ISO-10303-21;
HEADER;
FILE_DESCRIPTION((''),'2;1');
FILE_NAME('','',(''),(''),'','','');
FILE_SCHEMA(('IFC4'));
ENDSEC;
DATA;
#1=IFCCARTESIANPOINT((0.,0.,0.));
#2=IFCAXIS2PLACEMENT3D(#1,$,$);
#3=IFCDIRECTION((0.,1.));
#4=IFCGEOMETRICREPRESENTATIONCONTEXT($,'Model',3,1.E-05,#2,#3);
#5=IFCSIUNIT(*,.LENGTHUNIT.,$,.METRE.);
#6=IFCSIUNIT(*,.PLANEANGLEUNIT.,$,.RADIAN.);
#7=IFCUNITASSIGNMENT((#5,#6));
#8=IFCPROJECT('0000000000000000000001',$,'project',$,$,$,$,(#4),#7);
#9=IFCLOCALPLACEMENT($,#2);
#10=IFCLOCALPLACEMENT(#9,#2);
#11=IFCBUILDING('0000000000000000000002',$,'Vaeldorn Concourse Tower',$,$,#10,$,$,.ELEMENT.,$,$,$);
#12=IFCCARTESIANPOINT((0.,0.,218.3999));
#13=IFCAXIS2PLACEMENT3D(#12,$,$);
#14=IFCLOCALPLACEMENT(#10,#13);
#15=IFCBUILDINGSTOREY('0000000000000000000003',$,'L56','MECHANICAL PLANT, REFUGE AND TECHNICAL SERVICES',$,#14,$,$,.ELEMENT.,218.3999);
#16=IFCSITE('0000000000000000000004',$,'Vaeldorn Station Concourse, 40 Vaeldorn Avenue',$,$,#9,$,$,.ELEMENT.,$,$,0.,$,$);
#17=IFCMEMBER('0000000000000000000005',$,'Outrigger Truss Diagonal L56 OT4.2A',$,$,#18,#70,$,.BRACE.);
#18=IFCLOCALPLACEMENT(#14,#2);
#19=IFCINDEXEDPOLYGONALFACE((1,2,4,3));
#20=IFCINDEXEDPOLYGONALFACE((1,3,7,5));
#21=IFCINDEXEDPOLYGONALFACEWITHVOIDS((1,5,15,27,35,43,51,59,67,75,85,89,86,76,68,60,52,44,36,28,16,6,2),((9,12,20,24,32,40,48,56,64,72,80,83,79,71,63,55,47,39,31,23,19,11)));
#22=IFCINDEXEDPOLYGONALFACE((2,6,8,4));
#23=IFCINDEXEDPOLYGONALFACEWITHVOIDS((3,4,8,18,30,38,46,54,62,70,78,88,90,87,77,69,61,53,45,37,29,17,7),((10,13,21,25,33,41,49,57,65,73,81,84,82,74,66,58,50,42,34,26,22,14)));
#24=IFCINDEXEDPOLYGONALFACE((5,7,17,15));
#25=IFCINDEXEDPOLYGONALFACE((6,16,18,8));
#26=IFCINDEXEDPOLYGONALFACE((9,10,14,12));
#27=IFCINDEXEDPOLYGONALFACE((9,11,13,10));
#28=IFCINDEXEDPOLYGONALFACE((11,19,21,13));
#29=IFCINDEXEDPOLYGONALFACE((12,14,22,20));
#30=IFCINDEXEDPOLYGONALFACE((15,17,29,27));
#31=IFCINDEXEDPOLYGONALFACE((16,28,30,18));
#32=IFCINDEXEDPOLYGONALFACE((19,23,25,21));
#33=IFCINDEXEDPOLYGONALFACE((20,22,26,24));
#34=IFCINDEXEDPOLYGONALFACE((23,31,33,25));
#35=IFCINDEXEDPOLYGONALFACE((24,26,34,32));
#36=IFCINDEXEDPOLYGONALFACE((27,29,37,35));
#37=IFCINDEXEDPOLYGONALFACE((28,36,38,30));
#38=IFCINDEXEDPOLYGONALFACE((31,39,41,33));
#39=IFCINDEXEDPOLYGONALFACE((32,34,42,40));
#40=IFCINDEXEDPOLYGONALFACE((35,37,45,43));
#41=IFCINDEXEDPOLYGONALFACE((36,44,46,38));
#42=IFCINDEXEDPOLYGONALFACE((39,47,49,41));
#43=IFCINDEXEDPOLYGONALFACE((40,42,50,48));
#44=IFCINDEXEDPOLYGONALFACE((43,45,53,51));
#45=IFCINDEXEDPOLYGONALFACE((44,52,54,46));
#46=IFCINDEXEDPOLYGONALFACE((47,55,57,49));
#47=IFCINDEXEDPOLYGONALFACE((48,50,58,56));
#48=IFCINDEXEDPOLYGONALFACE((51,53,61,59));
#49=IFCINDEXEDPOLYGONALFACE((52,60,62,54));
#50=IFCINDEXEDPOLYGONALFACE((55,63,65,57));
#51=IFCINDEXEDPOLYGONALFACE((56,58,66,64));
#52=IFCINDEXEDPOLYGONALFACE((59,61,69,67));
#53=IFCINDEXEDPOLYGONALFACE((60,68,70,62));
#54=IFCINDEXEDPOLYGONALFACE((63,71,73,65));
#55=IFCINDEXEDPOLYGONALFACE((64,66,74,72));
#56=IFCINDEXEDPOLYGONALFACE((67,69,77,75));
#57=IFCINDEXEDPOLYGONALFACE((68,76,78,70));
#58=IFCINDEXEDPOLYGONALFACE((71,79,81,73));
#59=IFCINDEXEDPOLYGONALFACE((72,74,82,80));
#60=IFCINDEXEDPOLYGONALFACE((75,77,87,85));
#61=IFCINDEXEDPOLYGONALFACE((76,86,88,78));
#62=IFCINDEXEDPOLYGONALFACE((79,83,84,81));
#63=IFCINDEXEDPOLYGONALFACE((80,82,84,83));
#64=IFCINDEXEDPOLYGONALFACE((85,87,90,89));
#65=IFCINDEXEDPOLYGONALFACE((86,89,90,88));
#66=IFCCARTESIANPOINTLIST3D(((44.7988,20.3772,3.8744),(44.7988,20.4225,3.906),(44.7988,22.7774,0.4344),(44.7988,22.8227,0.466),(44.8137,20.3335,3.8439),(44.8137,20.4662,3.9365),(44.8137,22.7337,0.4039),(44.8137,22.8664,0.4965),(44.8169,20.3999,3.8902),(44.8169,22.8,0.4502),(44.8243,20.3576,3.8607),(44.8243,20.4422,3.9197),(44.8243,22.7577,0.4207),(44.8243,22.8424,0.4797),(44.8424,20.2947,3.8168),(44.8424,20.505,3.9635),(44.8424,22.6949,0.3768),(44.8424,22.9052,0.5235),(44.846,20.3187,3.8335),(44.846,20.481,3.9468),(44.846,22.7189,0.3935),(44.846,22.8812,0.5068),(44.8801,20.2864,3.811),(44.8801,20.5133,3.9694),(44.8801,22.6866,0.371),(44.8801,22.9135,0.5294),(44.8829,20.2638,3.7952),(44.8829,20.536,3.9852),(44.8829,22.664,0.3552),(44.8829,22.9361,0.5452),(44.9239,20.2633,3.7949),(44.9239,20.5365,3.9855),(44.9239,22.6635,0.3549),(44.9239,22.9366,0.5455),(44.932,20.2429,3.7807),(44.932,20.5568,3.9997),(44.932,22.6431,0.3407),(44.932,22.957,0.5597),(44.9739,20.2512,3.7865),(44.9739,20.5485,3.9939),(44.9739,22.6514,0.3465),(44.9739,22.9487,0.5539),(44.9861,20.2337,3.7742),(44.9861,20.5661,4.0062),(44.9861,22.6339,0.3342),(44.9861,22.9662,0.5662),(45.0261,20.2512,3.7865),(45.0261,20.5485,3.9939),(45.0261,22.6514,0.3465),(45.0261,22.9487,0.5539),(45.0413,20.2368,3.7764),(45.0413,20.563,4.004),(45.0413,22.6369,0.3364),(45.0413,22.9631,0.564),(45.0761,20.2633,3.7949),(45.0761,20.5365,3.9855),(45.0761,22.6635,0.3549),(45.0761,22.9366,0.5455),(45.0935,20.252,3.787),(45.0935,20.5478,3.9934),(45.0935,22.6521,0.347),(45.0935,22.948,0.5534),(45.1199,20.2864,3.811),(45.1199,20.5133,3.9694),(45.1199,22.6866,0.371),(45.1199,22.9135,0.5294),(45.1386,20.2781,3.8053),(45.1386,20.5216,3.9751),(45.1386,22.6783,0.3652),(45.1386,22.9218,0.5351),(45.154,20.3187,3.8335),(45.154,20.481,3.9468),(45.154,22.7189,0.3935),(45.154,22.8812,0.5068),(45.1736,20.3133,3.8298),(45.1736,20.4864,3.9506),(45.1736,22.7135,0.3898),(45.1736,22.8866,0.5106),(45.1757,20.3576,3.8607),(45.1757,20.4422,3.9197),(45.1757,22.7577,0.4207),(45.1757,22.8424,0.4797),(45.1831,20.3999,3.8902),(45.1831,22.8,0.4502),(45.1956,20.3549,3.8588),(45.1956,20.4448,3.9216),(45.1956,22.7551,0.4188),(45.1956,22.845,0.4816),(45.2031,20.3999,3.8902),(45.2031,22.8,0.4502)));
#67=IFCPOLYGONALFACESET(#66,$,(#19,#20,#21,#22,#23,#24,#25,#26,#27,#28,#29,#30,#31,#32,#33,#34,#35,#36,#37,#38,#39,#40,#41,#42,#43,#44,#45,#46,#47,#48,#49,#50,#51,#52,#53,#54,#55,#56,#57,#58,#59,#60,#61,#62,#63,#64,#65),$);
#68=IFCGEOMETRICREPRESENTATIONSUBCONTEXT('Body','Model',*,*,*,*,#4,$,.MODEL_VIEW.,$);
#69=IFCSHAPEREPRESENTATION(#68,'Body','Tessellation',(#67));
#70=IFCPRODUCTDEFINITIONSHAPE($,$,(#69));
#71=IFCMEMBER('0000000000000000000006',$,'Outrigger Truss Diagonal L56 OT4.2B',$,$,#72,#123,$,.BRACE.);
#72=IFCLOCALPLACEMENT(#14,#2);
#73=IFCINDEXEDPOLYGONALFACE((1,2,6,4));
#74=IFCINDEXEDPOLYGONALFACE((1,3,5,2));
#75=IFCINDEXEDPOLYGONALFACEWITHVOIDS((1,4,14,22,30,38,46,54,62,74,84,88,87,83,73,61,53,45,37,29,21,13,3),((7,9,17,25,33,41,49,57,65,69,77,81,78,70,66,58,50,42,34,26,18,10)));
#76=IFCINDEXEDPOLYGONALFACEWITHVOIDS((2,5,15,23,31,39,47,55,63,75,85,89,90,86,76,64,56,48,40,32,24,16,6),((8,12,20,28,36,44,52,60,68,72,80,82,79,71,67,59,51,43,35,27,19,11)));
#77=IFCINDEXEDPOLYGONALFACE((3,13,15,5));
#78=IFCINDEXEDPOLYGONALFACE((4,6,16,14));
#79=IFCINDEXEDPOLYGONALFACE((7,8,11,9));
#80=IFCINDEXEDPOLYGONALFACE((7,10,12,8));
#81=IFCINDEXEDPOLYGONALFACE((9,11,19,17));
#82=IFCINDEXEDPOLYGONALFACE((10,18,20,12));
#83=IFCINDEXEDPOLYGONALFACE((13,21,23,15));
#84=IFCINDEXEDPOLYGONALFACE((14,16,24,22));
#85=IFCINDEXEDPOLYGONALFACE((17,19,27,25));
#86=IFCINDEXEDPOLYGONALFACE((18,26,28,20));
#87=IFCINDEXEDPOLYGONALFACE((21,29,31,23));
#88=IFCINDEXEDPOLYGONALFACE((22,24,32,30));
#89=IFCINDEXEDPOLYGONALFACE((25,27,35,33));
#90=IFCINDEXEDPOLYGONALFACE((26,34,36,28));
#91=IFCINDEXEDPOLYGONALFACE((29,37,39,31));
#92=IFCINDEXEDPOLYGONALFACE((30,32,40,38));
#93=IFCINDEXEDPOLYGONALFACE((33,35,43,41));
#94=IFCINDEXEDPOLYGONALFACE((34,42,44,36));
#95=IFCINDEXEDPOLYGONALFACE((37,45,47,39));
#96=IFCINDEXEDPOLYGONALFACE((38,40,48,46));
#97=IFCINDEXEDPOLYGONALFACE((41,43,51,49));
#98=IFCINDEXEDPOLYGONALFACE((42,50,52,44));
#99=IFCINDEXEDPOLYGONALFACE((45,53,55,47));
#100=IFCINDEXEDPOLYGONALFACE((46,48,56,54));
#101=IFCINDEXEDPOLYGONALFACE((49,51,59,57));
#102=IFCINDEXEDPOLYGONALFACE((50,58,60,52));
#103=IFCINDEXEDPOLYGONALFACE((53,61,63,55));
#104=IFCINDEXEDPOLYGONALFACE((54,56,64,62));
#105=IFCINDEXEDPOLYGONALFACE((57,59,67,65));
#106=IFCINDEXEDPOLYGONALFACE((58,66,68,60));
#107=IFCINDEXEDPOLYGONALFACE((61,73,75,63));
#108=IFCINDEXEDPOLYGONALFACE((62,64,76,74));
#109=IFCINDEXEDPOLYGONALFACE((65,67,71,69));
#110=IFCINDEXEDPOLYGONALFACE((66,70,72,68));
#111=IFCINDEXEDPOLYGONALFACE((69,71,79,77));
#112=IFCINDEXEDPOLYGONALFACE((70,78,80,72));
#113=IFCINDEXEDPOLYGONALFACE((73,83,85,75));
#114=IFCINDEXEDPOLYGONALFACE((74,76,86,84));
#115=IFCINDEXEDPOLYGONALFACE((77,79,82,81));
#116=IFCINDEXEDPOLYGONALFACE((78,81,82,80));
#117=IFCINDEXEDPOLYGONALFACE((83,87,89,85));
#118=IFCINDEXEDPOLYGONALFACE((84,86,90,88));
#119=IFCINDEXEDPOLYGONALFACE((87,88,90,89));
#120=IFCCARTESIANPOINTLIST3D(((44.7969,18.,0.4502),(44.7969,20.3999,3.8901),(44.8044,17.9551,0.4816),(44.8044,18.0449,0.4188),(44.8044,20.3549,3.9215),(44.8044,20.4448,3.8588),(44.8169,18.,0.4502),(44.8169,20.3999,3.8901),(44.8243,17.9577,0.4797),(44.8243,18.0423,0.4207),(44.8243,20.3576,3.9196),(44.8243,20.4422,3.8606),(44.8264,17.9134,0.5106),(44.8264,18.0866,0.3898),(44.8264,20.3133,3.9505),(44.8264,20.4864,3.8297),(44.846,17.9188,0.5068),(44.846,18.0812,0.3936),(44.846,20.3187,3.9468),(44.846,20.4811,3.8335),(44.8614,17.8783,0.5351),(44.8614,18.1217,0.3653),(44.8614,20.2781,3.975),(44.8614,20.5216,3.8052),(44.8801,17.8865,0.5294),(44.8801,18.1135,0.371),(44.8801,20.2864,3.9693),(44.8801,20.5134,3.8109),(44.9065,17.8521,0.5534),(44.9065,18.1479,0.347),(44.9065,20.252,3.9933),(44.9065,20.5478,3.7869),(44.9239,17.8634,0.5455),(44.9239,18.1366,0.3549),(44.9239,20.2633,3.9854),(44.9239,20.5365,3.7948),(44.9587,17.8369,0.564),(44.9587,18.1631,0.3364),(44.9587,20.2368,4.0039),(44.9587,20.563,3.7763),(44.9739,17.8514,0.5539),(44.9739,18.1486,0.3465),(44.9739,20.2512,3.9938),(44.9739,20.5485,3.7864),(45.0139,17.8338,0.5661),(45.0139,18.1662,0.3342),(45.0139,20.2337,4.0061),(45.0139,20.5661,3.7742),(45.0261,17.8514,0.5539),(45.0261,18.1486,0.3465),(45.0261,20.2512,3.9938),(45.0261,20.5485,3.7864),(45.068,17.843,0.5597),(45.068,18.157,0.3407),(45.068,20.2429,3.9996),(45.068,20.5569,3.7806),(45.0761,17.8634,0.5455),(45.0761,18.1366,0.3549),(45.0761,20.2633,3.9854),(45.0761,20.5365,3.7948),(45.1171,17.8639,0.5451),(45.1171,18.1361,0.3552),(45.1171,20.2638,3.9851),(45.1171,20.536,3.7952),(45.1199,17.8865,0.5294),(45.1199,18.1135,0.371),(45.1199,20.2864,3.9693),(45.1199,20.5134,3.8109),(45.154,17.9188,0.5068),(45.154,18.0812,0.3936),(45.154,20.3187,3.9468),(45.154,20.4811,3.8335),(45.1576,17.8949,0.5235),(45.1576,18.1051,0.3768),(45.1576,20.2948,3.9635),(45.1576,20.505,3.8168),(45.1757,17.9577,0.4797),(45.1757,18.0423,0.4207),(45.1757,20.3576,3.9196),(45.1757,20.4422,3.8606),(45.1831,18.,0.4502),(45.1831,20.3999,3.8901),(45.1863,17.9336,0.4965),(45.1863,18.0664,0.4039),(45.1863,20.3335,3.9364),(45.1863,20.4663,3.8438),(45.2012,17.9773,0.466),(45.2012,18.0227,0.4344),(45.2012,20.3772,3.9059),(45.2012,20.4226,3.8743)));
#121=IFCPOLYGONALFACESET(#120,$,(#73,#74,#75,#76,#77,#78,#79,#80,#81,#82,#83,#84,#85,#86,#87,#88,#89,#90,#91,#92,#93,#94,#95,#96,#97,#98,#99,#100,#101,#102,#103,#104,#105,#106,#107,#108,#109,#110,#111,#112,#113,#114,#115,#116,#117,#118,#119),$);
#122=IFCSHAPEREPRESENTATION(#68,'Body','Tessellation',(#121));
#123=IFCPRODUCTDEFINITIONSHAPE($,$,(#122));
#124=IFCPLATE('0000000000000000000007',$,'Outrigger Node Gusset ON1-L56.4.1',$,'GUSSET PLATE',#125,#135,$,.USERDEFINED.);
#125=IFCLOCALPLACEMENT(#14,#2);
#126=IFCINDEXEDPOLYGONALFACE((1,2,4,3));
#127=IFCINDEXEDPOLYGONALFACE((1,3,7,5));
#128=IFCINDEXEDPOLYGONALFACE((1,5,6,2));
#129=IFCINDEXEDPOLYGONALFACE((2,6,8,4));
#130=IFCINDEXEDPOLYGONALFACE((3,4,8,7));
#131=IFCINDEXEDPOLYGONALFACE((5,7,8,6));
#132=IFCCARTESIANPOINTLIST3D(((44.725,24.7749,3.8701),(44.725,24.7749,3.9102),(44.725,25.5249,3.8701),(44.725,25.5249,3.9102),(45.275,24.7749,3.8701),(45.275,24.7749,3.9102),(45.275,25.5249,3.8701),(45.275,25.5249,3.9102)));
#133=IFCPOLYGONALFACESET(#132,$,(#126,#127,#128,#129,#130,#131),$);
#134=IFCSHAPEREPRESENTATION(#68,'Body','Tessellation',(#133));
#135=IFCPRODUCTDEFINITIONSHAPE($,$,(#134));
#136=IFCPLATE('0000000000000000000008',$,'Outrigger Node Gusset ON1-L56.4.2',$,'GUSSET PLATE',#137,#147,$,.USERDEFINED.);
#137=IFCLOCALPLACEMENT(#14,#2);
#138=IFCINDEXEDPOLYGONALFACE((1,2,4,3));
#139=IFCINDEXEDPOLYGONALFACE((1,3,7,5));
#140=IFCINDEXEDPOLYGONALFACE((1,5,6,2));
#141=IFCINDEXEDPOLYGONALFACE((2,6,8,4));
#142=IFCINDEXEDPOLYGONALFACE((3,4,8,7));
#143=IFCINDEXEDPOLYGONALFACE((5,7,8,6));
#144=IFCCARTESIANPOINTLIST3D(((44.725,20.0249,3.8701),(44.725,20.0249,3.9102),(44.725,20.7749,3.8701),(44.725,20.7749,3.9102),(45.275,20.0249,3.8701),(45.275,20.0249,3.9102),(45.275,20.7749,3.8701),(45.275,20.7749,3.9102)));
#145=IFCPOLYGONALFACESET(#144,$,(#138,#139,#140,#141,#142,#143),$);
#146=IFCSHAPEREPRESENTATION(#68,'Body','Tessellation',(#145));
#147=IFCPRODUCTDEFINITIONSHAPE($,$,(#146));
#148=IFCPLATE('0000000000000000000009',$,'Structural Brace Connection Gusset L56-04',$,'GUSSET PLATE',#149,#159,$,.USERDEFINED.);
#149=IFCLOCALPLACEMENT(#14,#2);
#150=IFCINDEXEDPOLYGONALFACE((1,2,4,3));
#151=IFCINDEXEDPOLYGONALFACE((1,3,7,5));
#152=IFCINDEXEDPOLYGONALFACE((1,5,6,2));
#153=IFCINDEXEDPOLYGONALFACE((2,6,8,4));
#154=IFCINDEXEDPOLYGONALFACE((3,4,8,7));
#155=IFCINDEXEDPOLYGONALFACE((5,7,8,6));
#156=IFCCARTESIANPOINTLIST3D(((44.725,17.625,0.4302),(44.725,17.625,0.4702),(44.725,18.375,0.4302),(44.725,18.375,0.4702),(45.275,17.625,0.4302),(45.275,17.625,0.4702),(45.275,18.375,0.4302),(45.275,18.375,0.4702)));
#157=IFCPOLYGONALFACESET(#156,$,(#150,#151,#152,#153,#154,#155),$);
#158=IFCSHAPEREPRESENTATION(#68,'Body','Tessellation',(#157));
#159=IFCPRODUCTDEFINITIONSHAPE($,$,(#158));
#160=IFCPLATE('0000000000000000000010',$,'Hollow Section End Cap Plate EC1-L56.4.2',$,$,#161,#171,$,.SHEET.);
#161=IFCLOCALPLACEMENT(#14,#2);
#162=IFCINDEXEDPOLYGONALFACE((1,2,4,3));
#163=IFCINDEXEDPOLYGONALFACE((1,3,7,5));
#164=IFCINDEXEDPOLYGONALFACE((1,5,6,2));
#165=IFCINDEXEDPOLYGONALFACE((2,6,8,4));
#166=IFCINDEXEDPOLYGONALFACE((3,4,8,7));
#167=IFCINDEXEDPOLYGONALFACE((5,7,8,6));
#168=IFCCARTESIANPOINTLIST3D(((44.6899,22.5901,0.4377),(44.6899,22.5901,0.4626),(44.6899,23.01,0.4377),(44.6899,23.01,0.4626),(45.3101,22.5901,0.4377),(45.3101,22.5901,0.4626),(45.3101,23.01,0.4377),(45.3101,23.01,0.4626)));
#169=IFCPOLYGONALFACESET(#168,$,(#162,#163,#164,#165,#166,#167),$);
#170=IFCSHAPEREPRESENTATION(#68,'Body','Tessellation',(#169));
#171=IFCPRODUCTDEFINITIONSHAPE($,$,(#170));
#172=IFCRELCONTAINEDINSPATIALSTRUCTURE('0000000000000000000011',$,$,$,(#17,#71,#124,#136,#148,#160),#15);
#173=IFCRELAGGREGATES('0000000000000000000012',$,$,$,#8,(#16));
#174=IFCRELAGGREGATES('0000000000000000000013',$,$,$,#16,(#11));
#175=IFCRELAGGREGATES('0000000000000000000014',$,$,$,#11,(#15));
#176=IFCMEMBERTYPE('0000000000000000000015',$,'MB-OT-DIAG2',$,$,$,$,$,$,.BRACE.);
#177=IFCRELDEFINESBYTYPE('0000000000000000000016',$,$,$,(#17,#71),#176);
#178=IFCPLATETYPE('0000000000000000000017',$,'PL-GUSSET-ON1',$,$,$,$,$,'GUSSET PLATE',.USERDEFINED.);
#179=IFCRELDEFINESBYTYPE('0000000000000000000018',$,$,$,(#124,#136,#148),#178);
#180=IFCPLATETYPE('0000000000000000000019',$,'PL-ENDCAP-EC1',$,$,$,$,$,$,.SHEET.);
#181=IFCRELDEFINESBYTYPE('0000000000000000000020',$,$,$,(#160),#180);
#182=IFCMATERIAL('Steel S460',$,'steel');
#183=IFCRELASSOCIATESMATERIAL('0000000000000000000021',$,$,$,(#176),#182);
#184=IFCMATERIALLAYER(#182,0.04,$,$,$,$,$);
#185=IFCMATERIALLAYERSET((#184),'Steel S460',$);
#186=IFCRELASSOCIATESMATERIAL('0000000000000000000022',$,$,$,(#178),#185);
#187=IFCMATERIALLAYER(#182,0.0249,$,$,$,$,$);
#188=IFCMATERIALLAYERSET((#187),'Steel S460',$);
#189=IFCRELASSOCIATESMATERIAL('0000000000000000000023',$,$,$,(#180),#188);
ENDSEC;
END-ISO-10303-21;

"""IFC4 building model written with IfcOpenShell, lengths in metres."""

from ifc_helpers import new_model, si_unit, direction, frame, origin, origin_2d, place, context, subcontext, project, spatial, rectangle, hollow_circle, extrude, source, transform, mapped, material, layer, layer_set, material_profile, profile_set, type_object, element, save


model = new_model("IFC4")

# Units and contexts
model_context = context("Model", 3, precision=1e-05, world=origin(), true_north=direction((0.0, 1.0)))
body_context = subcontext(model_context, "Body", "Model", "MODEL_VIEW")
ifc_project = project(units=[si_unit("LENGTHUNIT", "METRE"), si_unit("PLANEANGLEUNIT", "RADIAN")], contexts=[model_context])

# Site, building, storey
site_placement = place(None, origin())
site = spatial("IfcSite", under=ifc_project, at=site_placement, Name="Vaeldorn Station Concourse, 40 Vaeldorn Avenue", CompositionType="ELEMENT", RefElevation=0.0)
building_placement = place(site_placement, origin())
building = spatial("IfcBuilding", under=site, at=building_placement, Name="Vaeldorn Concourse Tower", CompositionType="ELEMENT")
storey_placement = place(building_placement, frame((0.0, 0.0, 218.3999)))
storey = spatial("IfcBuildingStorey", under=building, at=storey_placement, Name="L56", Description="MECHANICAL PLANT, REFUGE AND TECHNICAL SERVICES", CompositionType="ELEMENT", Elevation=218.3999)

# Members
ifc_material_1 = material(Name="Steel S460", Category="steel")
ifc_material_profile_1 = material_profile(ifc_material_1, hollow_circle(Radius=0.2031, WallThickness=0.02, at=origin_2d()), Name="CHS 406.4x20")
ifc_profile_set_1 = profile_set([ifc_material_profile_1], Name="Steel S460")
member_type_1 = type_object("IfcMemberType", Name="MB-OT-DIAG2", PredefinedType="BRACE", material=ifc_profile_set_1)
shared_shape_1 = source(origin(), body_context, "Body", "SweptSolid", [
    extrude(hollow_circle(Radius=0.2031, WallThickness=0.02, at=origin_2d()), origin(), (0.0, 0.0, 1.0), 4.1946),
])
member_1_placement = place(storey_placement, frame((45.0, 22.8, 0.4502), z_axis=(0.0, -0.572212, 0.820106), x_axis=(1.0, 0.0, 0.0)))
element("IfcMember", 1, at=member_1_placement, inside=storey, type_object=member_type_1, Name="Outrigger Truss Diagonal L56 OT4.2A", PredefinedType="BRACE", context=body_context, shape_type="MappedRepresentation", body=[
    mapped(shared_shape_1, transform((0.0, 0.0, 0.0), scale=1.0)),
])
shared_shape_2 = source(origin(), body_context, "Body", "SweptSolid", [
    extrude(hollow_circle(Radius=0.2031, WallThickness=0.02, at=origin_2d()), origin(), (0.0, 0.0, 1.0), 4.1943),
])
member_2_placement = place(storey_placement, frame((45.0, 18.0, 0.4502), z_axis=(0.0, 0.572172, 0.820133), x_axis=(-1.0, 0.0, 0.0)))
element("IfcMember", 2, at=member_2_placement, inside=storey, type_object=member_type_1, Name="Outrigger Truss Diagonal L56 OT4.2B", PredefinedType="BRACE", context=body_context, shape_type="MappedRepresentation", body=[
    mapped(shared_shape_2, transform((0.0, 0.0, 0.0), scale=1.0)),
])

# Plates
ifc_layer_1 = layer(ifc_material_1, 0.04)
ifc_layer_set_1 = layer_set([ifc_layer_1], Name="Steel S460")
plate_type_1 = type_object("IfcPlateType", Name="PL-GUSSET-ON1", ElementType="GUSSET PLATE", PredefinedType="USERDEFINED", material=ifc_layer_set_1)
shared_shape_3 = source(origin(), body_context, "Body", "SweptSolid", [
    extrude(rectangle(XDim=0.75, YDim=0.55, at=origin_2d()), origin(), (0.0, 0.0, 1.0), 0.04),
])
for number, where, z_axis, x_axis, name in (
    (3, (45.0, 25.1499, 3.8701), (0.0, 0.0, 1.0), (0.0, 1.0, 0.0), "Outrigger Node Gusset ON1-L56.4.1"),
    (4, (45.0, 20.3999, 3.8701), (0.0, 0.0, 1.0), (0.0, 1.0, 0.0), "Outrigger Node Gusset ON1-L56.4.2"),
    (5, (45.0, 18.0, 0.4302), (0.0, 0.0, 1.0), (0.0, 1.0, 0.0), "Structural Brace Connection Gusset L56-04"),
):
    element("IfcPlate", number, at=place(storey_placement, frame(where, z_axis=z_axis, x_axis=x_axis)), inside=storey, type_object=plate_type_1, Name=name, ObjectType="GUSSET PLATE", PredefinedType="USERDEFINED", context=body_context, shape_type="MappedRepresentation", body=[
        mapped(shared_shape_3, transform((0.0, 0.0, 0.0), scale=1.0)),
    ])
ifc_layer_2 = layer(ifc_material_1, 0.0249)
ifc_layer_set_2 = layer_set([ifc_layer_2], Name="Steel S460")
plate_type_2 = type_object("IfcPlateType", Name="PL-ENDCAP-EC1", PredefinedType="SHEET", material=ifc_layer_set_2)
shared_shape_4 = source(origin(), body_context, "Body", "SweptSolid", [
    extrude(rectangle(XDim=0.6201, YDim=0.4199, at=origin_2d()), origin(), (0.0, 0.0, 1.0), 0.0249),
])
plate_placement = place(storey_placement, frame((45.0, 22.8, 0.4377), z_axis=(0.0, 0.0, 1.0), x_axis=(1.0, 0.0, 0.0)))
element("IfcPlate", 6, at=plate_placement, inside=storey, type_object=plate_type_2, Name="Hollow Section End Cap Plate EC1-L56.4.2", PredefinedType="SHEET", context=body_context, shape_type="MappedRepresentation", body=[
    mapped(shared_shape_4, transform((0.0, 0.0, 0.0), scale=1.0)),
])

save(model, "model.ifc")
